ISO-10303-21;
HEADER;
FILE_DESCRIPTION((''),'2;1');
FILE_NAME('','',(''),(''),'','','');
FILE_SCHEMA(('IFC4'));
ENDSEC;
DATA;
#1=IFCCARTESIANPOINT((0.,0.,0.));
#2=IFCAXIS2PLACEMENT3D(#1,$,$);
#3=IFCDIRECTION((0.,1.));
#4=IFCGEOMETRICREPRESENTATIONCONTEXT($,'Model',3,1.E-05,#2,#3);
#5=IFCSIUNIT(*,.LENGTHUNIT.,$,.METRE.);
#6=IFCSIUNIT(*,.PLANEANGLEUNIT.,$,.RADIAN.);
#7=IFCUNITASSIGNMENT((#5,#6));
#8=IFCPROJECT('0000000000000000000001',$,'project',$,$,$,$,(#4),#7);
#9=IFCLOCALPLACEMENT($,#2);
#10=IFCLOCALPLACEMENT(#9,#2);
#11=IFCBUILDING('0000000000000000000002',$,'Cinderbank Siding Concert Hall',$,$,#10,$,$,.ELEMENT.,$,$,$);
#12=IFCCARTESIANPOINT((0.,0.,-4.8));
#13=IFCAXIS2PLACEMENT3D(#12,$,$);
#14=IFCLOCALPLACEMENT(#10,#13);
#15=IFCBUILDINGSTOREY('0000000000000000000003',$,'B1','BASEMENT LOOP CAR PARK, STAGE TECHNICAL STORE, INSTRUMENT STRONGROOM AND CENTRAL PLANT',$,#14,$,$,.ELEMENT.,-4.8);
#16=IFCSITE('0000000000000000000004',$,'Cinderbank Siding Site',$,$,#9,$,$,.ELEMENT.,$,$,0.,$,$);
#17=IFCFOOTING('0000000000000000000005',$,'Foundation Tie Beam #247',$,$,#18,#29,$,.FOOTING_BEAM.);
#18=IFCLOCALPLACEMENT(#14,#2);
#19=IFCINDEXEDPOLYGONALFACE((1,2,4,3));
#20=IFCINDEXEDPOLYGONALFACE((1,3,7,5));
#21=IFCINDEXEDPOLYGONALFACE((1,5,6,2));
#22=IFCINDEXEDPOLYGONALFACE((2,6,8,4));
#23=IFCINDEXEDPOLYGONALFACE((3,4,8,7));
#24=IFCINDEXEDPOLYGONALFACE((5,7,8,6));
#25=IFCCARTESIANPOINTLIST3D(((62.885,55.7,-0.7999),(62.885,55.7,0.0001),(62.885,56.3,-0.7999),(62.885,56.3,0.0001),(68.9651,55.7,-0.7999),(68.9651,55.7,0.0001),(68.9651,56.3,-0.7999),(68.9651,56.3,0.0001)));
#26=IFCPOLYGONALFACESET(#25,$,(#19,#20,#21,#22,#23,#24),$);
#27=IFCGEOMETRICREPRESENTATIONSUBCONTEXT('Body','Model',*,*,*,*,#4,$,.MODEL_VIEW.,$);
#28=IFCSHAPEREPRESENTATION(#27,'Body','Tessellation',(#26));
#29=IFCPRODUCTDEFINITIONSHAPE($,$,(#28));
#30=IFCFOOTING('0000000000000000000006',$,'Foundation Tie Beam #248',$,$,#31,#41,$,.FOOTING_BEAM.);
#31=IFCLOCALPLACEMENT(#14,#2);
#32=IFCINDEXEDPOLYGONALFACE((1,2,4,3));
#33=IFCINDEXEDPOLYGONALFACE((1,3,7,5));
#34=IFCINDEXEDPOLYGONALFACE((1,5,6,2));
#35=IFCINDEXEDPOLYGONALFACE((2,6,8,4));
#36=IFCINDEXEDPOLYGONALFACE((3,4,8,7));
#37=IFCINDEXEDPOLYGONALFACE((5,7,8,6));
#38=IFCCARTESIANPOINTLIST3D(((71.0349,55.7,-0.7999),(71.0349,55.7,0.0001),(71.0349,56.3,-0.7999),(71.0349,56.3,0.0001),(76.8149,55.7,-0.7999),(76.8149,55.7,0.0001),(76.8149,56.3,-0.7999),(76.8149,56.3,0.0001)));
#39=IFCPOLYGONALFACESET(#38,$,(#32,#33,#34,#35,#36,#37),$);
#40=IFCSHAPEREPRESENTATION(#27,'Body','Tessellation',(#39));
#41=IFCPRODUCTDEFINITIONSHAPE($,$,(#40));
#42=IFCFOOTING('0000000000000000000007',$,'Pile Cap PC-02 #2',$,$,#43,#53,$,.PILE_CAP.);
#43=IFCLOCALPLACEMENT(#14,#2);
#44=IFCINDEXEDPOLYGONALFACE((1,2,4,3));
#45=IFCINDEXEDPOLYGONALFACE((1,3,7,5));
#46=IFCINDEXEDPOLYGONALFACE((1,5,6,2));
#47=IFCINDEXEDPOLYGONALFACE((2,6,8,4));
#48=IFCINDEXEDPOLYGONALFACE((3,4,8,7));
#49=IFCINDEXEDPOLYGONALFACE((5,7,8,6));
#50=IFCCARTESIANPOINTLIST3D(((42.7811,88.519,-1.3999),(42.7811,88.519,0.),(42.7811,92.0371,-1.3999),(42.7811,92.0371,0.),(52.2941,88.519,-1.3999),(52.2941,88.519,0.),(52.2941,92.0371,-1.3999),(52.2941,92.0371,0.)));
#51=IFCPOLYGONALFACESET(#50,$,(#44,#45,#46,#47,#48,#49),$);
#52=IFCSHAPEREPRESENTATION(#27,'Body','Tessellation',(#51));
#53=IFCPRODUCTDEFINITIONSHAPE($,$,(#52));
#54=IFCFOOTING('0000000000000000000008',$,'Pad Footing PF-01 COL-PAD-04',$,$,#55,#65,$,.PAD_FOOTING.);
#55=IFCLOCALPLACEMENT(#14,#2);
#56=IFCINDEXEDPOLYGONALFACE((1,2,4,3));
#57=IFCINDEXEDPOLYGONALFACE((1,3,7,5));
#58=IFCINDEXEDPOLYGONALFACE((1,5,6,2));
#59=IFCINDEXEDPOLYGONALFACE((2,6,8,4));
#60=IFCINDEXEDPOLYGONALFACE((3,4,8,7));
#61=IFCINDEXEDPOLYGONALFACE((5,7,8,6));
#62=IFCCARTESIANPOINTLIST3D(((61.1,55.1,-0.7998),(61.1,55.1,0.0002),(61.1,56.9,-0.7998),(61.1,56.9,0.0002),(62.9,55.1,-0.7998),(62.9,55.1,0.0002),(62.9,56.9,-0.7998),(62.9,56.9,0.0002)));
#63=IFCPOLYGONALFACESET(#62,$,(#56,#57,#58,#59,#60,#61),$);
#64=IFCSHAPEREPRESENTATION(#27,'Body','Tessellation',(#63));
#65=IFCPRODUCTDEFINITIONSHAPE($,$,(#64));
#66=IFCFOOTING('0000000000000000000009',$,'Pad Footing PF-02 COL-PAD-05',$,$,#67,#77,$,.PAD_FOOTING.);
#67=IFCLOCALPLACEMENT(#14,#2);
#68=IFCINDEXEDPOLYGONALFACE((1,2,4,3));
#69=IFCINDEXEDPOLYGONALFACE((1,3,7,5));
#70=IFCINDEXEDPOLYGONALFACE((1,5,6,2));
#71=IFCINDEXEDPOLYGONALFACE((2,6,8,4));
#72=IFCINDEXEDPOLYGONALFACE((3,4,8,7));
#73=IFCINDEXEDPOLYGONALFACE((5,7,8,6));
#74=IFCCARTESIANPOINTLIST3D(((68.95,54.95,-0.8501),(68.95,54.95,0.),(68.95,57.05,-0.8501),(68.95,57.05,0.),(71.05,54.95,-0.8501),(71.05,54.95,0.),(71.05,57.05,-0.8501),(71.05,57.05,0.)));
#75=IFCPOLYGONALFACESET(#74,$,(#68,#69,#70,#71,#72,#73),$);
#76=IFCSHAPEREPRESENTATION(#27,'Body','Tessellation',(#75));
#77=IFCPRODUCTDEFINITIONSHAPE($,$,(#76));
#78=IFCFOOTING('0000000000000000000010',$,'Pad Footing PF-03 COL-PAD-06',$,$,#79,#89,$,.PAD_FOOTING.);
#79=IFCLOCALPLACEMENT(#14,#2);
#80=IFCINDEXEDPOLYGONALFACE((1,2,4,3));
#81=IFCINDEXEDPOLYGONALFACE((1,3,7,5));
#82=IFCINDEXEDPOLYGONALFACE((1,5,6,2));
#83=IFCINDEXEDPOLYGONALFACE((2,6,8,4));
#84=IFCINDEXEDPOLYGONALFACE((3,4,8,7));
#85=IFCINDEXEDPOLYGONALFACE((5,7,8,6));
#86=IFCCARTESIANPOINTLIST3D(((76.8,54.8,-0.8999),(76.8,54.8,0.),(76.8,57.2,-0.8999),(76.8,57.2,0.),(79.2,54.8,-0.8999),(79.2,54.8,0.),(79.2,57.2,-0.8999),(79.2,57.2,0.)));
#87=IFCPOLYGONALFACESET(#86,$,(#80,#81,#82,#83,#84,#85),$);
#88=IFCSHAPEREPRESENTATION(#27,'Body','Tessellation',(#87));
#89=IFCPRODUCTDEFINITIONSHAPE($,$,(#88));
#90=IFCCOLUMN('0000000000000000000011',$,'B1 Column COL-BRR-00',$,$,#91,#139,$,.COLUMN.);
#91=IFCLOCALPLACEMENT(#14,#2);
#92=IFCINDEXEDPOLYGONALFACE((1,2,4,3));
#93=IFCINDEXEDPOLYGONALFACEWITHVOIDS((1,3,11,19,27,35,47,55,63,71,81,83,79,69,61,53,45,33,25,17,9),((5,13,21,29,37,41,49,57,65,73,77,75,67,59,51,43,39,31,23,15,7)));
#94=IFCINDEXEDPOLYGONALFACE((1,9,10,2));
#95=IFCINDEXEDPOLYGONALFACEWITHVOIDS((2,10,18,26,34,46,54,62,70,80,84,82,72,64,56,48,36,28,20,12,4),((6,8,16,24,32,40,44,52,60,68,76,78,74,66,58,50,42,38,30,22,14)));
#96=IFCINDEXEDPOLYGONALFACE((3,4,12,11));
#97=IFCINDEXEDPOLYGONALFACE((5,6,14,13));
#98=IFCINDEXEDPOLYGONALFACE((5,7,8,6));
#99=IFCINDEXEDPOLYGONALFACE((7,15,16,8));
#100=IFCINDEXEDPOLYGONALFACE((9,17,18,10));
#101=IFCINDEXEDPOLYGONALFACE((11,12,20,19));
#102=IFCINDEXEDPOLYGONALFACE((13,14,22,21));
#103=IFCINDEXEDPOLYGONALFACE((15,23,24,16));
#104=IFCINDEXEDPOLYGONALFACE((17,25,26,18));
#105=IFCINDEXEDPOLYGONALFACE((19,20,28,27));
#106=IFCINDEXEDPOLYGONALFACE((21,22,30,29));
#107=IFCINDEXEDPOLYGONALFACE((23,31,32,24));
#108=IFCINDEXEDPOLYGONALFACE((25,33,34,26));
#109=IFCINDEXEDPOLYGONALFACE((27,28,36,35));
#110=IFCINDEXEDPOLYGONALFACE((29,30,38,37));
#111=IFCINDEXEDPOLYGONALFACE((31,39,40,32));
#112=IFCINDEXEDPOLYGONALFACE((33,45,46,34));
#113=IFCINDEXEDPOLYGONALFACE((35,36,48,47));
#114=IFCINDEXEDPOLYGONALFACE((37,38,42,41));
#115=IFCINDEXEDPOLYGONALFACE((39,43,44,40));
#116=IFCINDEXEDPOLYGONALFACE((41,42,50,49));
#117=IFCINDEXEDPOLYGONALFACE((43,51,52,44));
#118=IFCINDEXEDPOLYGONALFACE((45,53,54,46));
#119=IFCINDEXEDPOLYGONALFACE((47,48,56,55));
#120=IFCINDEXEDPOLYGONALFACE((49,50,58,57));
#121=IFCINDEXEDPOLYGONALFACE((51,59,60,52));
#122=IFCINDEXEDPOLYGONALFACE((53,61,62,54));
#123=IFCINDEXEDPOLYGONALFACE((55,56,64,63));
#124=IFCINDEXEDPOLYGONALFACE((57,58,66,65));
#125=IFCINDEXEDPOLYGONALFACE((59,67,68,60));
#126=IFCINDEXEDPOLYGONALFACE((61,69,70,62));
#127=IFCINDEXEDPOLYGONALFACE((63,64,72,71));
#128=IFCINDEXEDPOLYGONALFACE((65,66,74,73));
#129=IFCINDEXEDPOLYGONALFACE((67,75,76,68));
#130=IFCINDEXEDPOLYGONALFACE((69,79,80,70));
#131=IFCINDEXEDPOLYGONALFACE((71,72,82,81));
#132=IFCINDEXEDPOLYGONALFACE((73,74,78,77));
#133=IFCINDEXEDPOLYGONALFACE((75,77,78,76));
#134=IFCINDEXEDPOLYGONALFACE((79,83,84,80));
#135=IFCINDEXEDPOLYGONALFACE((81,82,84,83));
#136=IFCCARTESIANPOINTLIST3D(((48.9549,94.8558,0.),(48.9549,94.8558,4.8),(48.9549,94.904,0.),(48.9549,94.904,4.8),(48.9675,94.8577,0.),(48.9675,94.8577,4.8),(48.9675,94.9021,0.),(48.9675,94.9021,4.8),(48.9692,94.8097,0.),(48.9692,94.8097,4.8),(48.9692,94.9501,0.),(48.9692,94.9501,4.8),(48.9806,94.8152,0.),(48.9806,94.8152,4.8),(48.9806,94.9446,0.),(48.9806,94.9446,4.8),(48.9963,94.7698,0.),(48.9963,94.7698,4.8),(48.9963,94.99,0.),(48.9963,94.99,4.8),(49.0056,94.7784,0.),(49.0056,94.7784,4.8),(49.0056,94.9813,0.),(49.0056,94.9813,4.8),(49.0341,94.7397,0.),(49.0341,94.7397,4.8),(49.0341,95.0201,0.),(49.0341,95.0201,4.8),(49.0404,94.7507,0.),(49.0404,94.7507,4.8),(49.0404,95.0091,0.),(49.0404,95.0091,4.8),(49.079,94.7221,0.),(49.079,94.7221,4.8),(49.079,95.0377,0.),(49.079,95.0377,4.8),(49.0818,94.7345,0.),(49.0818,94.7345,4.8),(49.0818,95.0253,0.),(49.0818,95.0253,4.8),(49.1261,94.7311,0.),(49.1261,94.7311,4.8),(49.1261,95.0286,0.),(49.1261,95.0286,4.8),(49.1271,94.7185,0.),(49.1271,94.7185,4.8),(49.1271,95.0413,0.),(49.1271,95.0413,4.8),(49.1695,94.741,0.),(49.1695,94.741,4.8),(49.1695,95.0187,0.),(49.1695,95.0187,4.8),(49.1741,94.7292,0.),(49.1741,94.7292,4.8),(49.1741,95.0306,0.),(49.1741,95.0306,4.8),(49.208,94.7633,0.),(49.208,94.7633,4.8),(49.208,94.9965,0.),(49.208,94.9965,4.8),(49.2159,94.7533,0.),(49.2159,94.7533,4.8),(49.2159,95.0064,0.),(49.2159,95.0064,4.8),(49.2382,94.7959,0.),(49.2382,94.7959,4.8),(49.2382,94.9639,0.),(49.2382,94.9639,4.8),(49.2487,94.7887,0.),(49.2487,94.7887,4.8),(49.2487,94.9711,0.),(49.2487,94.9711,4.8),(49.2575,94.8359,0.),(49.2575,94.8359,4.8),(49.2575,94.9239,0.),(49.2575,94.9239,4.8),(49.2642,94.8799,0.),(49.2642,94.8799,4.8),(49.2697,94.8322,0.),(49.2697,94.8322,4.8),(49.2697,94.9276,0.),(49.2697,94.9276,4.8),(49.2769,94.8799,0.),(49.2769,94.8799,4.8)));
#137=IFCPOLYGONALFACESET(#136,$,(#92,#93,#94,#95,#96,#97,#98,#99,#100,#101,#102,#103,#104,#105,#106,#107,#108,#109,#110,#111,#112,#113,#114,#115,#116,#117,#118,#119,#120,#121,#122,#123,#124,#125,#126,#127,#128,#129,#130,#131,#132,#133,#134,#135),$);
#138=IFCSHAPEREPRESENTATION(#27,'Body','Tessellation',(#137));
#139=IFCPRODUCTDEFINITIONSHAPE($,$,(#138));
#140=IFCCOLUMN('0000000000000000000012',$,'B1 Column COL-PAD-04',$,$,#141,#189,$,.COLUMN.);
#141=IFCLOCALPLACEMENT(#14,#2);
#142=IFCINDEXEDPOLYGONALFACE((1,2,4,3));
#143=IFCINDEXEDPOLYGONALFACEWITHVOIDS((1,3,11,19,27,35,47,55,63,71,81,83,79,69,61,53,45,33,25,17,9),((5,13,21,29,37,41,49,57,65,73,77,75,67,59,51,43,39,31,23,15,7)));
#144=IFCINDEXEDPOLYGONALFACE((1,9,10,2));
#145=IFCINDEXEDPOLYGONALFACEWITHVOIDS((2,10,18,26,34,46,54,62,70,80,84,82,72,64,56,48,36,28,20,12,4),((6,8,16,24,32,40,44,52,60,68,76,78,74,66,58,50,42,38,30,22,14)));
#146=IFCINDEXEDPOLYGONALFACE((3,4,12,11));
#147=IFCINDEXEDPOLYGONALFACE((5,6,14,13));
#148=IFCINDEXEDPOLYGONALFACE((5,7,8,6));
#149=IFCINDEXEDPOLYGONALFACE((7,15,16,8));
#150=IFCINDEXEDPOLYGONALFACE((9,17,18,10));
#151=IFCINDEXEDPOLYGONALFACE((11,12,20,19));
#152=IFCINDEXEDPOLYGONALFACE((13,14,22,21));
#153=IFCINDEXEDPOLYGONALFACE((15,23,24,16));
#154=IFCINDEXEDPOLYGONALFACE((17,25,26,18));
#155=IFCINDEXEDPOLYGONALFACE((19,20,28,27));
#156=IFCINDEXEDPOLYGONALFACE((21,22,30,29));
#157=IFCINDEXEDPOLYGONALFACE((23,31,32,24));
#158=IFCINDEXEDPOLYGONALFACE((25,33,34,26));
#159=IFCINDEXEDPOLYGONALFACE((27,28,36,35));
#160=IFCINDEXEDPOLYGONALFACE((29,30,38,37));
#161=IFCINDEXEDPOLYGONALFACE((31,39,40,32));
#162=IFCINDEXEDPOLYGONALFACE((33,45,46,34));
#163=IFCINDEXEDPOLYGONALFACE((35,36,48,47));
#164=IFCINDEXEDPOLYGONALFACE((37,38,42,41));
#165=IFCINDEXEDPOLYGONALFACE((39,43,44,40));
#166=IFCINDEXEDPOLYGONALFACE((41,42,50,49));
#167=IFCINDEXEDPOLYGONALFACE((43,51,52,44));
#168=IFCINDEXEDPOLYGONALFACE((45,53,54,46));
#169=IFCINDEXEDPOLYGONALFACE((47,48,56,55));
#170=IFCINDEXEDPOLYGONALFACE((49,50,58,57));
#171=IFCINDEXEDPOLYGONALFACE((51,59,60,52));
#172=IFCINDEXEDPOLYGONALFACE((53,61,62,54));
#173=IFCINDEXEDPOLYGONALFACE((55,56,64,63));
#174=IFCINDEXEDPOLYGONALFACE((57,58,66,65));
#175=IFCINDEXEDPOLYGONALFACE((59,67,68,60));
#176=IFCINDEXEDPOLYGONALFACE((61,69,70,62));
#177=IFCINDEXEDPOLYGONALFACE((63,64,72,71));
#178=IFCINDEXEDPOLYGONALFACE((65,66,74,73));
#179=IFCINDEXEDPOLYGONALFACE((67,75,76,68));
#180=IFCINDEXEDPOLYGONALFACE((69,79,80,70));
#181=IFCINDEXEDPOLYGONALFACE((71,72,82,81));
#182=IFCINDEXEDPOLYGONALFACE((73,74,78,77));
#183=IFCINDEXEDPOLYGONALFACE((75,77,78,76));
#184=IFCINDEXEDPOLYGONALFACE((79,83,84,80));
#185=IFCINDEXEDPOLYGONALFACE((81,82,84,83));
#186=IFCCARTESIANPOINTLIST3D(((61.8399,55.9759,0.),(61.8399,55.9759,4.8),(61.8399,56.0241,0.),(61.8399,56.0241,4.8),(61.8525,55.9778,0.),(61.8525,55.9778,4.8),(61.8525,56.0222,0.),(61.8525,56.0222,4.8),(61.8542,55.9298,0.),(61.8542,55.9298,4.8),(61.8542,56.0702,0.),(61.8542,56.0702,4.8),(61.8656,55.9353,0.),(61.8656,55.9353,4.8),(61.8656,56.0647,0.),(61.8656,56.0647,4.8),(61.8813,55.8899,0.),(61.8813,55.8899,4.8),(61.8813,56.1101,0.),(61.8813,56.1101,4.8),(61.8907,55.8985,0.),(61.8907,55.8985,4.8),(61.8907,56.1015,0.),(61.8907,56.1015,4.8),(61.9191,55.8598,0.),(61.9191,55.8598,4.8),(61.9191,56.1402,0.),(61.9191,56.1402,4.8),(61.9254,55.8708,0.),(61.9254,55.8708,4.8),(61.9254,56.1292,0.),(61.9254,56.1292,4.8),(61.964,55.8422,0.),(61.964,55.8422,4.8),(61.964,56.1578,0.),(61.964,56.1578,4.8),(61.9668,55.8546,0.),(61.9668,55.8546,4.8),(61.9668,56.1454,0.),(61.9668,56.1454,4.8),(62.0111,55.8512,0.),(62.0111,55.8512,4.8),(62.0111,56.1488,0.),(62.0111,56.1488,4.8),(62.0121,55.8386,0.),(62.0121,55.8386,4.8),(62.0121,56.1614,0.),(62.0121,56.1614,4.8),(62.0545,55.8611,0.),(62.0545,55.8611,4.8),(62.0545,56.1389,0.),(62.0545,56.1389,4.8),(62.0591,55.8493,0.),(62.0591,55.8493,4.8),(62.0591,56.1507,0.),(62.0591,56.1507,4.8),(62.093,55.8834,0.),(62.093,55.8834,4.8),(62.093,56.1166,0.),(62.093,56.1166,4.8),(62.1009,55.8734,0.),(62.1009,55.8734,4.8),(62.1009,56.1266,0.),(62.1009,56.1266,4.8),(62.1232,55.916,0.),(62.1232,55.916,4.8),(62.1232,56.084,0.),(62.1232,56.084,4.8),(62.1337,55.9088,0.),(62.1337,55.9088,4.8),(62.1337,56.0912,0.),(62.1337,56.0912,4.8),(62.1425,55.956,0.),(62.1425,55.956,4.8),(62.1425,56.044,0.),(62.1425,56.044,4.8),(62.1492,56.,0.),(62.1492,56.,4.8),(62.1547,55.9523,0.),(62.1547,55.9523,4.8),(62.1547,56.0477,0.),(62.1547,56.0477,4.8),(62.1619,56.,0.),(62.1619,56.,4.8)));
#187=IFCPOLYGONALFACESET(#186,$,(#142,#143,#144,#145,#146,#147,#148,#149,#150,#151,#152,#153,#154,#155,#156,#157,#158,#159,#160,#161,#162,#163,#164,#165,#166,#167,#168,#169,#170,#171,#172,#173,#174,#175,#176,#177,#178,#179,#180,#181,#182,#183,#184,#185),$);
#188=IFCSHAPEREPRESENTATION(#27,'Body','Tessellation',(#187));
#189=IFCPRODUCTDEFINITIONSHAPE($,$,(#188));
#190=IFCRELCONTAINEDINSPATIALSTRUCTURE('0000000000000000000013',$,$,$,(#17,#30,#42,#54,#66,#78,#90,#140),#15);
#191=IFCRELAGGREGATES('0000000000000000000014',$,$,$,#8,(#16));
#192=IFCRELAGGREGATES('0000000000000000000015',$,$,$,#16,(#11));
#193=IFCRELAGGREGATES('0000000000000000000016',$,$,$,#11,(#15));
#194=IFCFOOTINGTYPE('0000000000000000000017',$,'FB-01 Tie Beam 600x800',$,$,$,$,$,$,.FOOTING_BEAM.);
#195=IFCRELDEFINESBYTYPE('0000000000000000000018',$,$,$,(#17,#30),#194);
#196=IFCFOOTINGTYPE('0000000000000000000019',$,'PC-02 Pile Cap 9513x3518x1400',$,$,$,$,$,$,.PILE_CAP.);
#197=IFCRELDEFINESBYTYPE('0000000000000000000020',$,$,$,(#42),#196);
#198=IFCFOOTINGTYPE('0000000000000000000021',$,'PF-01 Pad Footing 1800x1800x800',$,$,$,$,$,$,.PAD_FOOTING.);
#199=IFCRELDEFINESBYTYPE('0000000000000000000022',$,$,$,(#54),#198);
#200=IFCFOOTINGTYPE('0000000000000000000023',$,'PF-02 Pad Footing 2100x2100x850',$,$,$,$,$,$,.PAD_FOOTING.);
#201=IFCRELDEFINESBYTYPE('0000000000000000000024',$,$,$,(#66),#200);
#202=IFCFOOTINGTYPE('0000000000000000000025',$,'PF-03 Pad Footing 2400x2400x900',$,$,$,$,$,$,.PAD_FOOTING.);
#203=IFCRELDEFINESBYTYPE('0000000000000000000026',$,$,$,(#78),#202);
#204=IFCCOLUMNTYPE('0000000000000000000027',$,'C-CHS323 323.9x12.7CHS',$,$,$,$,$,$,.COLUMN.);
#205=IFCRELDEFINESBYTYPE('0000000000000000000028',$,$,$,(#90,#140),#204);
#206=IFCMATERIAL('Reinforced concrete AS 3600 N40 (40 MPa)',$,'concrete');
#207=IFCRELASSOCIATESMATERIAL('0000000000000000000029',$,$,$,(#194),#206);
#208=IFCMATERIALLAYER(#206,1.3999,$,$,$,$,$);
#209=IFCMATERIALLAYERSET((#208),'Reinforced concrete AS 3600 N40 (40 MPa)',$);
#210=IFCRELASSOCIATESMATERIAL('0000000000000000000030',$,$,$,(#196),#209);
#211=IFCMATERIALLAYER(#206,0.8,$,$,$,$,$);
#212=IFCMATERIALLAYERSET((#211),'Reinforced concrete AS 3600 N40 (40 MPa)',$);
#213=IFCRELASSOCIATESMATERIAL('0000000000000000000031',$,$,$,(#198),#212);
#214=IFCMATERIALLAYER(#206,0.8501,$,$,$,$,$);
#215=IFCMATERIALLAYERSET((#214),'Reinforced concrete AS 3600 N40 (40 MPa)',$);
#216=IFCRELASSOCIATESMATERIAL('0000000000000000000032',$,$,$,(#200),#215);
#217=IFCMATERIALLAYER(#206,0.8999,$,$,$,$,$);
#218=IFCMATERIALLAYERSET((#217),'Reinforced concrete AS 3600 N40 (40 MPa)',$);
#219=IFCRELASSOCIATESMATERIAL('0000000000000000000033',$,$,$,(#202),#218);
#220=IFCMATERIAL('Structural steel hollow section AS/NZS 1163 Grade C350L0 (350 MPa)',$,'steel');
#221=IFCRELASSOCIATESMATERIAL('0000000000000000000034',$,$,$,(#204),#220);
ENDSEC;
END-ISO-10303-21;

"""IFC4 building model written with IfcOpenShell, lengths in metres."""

from ifc_helpers import new_model, si_unit, direction, frame, origin, origin_2d, place, context, subcontext, project, spatial, rectangle, hollow_circle, extrude, material, layer, layer_set, material_profile, profile_set, type_object, element, save


model = new_model("IFC4")

# Units and contexts
model_context = context("Model", 3, precision=1e-05, world=origin(), true_north=direction((0.0, 1.0)))
body_context = subcontext(model_context, "Body", "Model", "MODEL_VIEW")
ifc_project = project(units=[si_unit("LENGTHUNIT", "METRE"), si_unit("PLANEANGLEUNIT", "RADIAN")], contexts=[model_context])

# Site, building, storey
site_placement = place(None, origin())
site = spatial("IfcSite", under=ifc_project, at=site_placement, Name="Cinderbank Siding Site", CompositionType="ELEMENT", RefElevation=0.0)
building_placement = place(site_placement, origin())
building = spatial("IfcBuilding", under=site, at=building_placement, Name="Cinderbank Siding Concert Hall", CompositionType="ELEMENT")
storey_placement = place(building_placement, frame((0.0, 0.0, -4.8)))
storey = spatial("IfcBuildingStorey", under=building, at=storey_placement, Name="B1", Description="BASEMENT LOOP CAR PARK, STAGE TECHNICAL STORE, INSTRUMENT STRONGROOM AND CENTRAL PLANT", CompositionType="ELEMENT", Elevation=-4.8)

# Shared definitions
ifc_material_1 = material(Name="Reinforced concrete AS 3600 N40 (40 MPa)", Category="concrete")

# Footings
ifc_material_profile_1 = material_profile(ifc_material_1, rectangle(XDim=0.6001, YDim=0.8, at=origin_2d()), Name="RC-FB-600x800", Category="LoadBearing")
ifc_profile_set_1 = profile_set([ifc_material_profile_1], Name="Reinforced concrete AS 3600 N40 (40 MPa)")
footing_type_1 = type_object("IfcFootingType", Name="FB-01 Tie Beam 600x800", PredefinedType="FOOTING_BEAM", material=ifc_profile_set_1)
footing_1_placement = place(storey_placement, frame((62.885, 56.0, -0.3999), z_axis=(1.0, 0.0, 0.0), x_axis=(0.0, 1.0, 0.0)))
element("IfcFooting", 1, at=footing_1_placement, inside=storey, type_object=footing_type_1, Name="Foundation Tie Beam #247", PredefinedType="FOOTING_BEAM", context=body_context, shape_type="SweptSolid", body=[
    extrude(rectangle(XDim=0.6001, YDim=0.8, at=origin_2d()), origin(), (0.0, 0.0, 1.0), 6.0801),
])
footing_2_placement = place(storey_placement, frame((71.0349, 56.0, -0.3999), z_axis=(1.0, 0.0, 0.0), x_axis=(0.0, 1.0, 0.0)))
element("IfcFooting", 2, at=footing_2_placement, inside=storey, type_object=footing_type_1, Name="Foundation Tie Beam #248", PredefinedType="FOOTING_BEAM", context=body_context, shape_type="SweptSolid", body=[
    extrude(rectangle(XDim=0.6001, YDim=0.8, at=origin_2d()), origin(), (0.0, 0.0, 1.0), 5.78),
])
ifc_layer_1 = layer(ifc_material_1, 1.3999)
ifc_layer_set_1 = layer_set([ifc_layer_1], Name="Reinforced concrete AS 3600 N40 (40 MPa)")
footing_type_2 = type_object("IfcFootingType", Name="PC-02 Pile Cap 9513x3518x1400", PredefinedType="PILE_CAP", material=ifc_layer_set_1)
footing_3_placement = place(storey_placement, frame((47.5376, 90.2781, -1.3999), z_axis=(0.0, 0.0, 1.0), x_axis=(1.0, 0.0, 0.0)))
element("IfcFooting", 3, at=footing_3_placement, inside=storey, type_object=footing_type_2, Name="Pile Cap PC-02 #2", PredefinedType="PILE_CAP", context=body_context, shape_type="SweptSolid", body=[
    extrude(rectangle(XDim=9.5129, YDim=3.5181, at=origin_2d()), origin(), (0.0, 0.0, 1.0), 1.3999),
])
ifc_layer_2 = layer(ifc_material_1, 0.8)
ifc_layer_set_2 = layer_set([ifc_layer_2], Name="Reinforced concrete AS 3600 N40 (40 MPa)")
footing_type_3 = type_object("IfcFootingType", Name="PF-01 Pad Footing 1800x1800x800", PredefinedType="PAD_FOOTING", material=ifc_layer_set_2)
footing_4_placement = place(storey_placement, frame((62.0, 56.0, -0.7998), z_axis=(0.0, 0.0, 1.0), x_axis=(1.0, 0.0, 0.0)))
element("IfcFooting", 4, at=footing_4_placement, inside=storey, type_object=footing_type_3, Name="Pad Footing PF-01 COL-PAD-04", PredefinedType="PAD_FOOTING", context=body_context, shape_type="SweptSolid", body=[
    extrude(rectangle(XDim=1.8, YDim=1.8, at=origin_2d()), origin(), (0.0, 0.0, 1.0), 0.8),
])
ifc_layer_3 = layer(ifc_material_1, 0.8501)
ifc_layer_set_3 = layer_set([ifc_layer_3], Name="Reinforced concrete AS 3600 N40 (40 MPa)")
footing_type_4 = type_object("IfcFootingType", Name="PF-02 Pad Footing 2100x2100x850", PredefinedType="PAD_FOOTING", material=ifc_layer_set_3)
footing_5_placement = place(storey_placement, frame((70.0, 56.0, -0.8501), z_axis=(0.0, 0.0, 1.0), x_axis=(1.0, 0.0, 0.0)))
element("IfcFooting", 5, at=footing_5_placement, inside=storey, type_object=footing_type_4, Name="Pad Footing PF-02 COL-PAD-05", PredefinedType="PAD_FOOTING", context=body_context, shape_type="SweptSolid", body=[
    extrude(rectangle(XDim=2.1001, YDim=2.1001, at=origin_2d()), origin(), (0.0, 0.0, 1.0), 0.8501),
])
ifc_layer_4 = layer(ifc_material_1, 0.8999)
ifc_layer_set_4 = layer_set([ifc_layer_4], Name="Reinforced concrete AS 3600 N40 (40 MPa)")
footing_type_5 = type_object("IfcFootingType", Name="PF-03 Pad Footing 2400x2400x900", PredefinedType="PAD_FOOTING", material=ifc_layer_set_4)
footing_6_placement = place(storey_placement, frame((78.0, 56.0, -0.8999), z_axis=(0.0, 0.0, 1.0), x_axis=(1.0, 0.0, 0.0)))
element("IfcFooting", 6, at=footing_6_placement, inside=storey, type_object=footing_type_5, Name="Pad Footing PF-03 COL-PAD-06", PredefinedType="PAD_FOOTING", context=body_context, shape_type="SweptSolid", body=[
    extrude(rectangle(XDim=2.3999, YDim=2.3999, at=origin_2d()), origin(), (0.0, 0.0, 1.0), 0.8999),
])

# Columns
ifc_material_2 = material(Name="Structural steel hollow section AS/NZS 1163 Grade C350L0 (350 MPa)", Category="steel")
ifc_material_profile_2 = material_profile(ifc_material_2, hollow_circle(Radius=0.1619, WallThickness=0.0127, at=origin_2d()), Name="323.9x12.7CHS", Category="LoadBearing")
ifc_profile_set_2 = profile_set([ifc_material_profile_2], Name="Structural steel hollow section AS/NZS 1163 Grade C350L0 (350 MPa)")
column_type_1 = type_object("IfcColumnType", Name="C-CHS323 323.9x12.7CHS", PredefinedType="COLUMN", material=ifc_profile_set_2)
for number, where, z_axis, x_axis, name in (
    (7, (49.115, 94.8799, 0.0), (0.0, 0.0, 1.0), (1.0, 0.0, 0.0), "B1 Column COL-BRR-00"),
    (8, (62.0, 56.0, 0.0), (0.0, 0.0, 1.0), (1.0, 0.0, 0.0), "B1 Column COL-PAD-04"),
):
    element("IfcColumn", number, at=place(storey_placement, frame(where, z_axis=z_axis, x_axis=x_axis)), inside=storey, type_object=column_type_1, Name=name, PredefinedType="COLUMN", context=body_context, shape_type="SweptSolid", body=[
        extrude(hollow_circle(Radius=0.1619, WallThickness=0.0127, at=origin_2d()), origin(), (0.0, 0.0, 1.0), 4.8),
    ])

save(model, "model.ifc")
